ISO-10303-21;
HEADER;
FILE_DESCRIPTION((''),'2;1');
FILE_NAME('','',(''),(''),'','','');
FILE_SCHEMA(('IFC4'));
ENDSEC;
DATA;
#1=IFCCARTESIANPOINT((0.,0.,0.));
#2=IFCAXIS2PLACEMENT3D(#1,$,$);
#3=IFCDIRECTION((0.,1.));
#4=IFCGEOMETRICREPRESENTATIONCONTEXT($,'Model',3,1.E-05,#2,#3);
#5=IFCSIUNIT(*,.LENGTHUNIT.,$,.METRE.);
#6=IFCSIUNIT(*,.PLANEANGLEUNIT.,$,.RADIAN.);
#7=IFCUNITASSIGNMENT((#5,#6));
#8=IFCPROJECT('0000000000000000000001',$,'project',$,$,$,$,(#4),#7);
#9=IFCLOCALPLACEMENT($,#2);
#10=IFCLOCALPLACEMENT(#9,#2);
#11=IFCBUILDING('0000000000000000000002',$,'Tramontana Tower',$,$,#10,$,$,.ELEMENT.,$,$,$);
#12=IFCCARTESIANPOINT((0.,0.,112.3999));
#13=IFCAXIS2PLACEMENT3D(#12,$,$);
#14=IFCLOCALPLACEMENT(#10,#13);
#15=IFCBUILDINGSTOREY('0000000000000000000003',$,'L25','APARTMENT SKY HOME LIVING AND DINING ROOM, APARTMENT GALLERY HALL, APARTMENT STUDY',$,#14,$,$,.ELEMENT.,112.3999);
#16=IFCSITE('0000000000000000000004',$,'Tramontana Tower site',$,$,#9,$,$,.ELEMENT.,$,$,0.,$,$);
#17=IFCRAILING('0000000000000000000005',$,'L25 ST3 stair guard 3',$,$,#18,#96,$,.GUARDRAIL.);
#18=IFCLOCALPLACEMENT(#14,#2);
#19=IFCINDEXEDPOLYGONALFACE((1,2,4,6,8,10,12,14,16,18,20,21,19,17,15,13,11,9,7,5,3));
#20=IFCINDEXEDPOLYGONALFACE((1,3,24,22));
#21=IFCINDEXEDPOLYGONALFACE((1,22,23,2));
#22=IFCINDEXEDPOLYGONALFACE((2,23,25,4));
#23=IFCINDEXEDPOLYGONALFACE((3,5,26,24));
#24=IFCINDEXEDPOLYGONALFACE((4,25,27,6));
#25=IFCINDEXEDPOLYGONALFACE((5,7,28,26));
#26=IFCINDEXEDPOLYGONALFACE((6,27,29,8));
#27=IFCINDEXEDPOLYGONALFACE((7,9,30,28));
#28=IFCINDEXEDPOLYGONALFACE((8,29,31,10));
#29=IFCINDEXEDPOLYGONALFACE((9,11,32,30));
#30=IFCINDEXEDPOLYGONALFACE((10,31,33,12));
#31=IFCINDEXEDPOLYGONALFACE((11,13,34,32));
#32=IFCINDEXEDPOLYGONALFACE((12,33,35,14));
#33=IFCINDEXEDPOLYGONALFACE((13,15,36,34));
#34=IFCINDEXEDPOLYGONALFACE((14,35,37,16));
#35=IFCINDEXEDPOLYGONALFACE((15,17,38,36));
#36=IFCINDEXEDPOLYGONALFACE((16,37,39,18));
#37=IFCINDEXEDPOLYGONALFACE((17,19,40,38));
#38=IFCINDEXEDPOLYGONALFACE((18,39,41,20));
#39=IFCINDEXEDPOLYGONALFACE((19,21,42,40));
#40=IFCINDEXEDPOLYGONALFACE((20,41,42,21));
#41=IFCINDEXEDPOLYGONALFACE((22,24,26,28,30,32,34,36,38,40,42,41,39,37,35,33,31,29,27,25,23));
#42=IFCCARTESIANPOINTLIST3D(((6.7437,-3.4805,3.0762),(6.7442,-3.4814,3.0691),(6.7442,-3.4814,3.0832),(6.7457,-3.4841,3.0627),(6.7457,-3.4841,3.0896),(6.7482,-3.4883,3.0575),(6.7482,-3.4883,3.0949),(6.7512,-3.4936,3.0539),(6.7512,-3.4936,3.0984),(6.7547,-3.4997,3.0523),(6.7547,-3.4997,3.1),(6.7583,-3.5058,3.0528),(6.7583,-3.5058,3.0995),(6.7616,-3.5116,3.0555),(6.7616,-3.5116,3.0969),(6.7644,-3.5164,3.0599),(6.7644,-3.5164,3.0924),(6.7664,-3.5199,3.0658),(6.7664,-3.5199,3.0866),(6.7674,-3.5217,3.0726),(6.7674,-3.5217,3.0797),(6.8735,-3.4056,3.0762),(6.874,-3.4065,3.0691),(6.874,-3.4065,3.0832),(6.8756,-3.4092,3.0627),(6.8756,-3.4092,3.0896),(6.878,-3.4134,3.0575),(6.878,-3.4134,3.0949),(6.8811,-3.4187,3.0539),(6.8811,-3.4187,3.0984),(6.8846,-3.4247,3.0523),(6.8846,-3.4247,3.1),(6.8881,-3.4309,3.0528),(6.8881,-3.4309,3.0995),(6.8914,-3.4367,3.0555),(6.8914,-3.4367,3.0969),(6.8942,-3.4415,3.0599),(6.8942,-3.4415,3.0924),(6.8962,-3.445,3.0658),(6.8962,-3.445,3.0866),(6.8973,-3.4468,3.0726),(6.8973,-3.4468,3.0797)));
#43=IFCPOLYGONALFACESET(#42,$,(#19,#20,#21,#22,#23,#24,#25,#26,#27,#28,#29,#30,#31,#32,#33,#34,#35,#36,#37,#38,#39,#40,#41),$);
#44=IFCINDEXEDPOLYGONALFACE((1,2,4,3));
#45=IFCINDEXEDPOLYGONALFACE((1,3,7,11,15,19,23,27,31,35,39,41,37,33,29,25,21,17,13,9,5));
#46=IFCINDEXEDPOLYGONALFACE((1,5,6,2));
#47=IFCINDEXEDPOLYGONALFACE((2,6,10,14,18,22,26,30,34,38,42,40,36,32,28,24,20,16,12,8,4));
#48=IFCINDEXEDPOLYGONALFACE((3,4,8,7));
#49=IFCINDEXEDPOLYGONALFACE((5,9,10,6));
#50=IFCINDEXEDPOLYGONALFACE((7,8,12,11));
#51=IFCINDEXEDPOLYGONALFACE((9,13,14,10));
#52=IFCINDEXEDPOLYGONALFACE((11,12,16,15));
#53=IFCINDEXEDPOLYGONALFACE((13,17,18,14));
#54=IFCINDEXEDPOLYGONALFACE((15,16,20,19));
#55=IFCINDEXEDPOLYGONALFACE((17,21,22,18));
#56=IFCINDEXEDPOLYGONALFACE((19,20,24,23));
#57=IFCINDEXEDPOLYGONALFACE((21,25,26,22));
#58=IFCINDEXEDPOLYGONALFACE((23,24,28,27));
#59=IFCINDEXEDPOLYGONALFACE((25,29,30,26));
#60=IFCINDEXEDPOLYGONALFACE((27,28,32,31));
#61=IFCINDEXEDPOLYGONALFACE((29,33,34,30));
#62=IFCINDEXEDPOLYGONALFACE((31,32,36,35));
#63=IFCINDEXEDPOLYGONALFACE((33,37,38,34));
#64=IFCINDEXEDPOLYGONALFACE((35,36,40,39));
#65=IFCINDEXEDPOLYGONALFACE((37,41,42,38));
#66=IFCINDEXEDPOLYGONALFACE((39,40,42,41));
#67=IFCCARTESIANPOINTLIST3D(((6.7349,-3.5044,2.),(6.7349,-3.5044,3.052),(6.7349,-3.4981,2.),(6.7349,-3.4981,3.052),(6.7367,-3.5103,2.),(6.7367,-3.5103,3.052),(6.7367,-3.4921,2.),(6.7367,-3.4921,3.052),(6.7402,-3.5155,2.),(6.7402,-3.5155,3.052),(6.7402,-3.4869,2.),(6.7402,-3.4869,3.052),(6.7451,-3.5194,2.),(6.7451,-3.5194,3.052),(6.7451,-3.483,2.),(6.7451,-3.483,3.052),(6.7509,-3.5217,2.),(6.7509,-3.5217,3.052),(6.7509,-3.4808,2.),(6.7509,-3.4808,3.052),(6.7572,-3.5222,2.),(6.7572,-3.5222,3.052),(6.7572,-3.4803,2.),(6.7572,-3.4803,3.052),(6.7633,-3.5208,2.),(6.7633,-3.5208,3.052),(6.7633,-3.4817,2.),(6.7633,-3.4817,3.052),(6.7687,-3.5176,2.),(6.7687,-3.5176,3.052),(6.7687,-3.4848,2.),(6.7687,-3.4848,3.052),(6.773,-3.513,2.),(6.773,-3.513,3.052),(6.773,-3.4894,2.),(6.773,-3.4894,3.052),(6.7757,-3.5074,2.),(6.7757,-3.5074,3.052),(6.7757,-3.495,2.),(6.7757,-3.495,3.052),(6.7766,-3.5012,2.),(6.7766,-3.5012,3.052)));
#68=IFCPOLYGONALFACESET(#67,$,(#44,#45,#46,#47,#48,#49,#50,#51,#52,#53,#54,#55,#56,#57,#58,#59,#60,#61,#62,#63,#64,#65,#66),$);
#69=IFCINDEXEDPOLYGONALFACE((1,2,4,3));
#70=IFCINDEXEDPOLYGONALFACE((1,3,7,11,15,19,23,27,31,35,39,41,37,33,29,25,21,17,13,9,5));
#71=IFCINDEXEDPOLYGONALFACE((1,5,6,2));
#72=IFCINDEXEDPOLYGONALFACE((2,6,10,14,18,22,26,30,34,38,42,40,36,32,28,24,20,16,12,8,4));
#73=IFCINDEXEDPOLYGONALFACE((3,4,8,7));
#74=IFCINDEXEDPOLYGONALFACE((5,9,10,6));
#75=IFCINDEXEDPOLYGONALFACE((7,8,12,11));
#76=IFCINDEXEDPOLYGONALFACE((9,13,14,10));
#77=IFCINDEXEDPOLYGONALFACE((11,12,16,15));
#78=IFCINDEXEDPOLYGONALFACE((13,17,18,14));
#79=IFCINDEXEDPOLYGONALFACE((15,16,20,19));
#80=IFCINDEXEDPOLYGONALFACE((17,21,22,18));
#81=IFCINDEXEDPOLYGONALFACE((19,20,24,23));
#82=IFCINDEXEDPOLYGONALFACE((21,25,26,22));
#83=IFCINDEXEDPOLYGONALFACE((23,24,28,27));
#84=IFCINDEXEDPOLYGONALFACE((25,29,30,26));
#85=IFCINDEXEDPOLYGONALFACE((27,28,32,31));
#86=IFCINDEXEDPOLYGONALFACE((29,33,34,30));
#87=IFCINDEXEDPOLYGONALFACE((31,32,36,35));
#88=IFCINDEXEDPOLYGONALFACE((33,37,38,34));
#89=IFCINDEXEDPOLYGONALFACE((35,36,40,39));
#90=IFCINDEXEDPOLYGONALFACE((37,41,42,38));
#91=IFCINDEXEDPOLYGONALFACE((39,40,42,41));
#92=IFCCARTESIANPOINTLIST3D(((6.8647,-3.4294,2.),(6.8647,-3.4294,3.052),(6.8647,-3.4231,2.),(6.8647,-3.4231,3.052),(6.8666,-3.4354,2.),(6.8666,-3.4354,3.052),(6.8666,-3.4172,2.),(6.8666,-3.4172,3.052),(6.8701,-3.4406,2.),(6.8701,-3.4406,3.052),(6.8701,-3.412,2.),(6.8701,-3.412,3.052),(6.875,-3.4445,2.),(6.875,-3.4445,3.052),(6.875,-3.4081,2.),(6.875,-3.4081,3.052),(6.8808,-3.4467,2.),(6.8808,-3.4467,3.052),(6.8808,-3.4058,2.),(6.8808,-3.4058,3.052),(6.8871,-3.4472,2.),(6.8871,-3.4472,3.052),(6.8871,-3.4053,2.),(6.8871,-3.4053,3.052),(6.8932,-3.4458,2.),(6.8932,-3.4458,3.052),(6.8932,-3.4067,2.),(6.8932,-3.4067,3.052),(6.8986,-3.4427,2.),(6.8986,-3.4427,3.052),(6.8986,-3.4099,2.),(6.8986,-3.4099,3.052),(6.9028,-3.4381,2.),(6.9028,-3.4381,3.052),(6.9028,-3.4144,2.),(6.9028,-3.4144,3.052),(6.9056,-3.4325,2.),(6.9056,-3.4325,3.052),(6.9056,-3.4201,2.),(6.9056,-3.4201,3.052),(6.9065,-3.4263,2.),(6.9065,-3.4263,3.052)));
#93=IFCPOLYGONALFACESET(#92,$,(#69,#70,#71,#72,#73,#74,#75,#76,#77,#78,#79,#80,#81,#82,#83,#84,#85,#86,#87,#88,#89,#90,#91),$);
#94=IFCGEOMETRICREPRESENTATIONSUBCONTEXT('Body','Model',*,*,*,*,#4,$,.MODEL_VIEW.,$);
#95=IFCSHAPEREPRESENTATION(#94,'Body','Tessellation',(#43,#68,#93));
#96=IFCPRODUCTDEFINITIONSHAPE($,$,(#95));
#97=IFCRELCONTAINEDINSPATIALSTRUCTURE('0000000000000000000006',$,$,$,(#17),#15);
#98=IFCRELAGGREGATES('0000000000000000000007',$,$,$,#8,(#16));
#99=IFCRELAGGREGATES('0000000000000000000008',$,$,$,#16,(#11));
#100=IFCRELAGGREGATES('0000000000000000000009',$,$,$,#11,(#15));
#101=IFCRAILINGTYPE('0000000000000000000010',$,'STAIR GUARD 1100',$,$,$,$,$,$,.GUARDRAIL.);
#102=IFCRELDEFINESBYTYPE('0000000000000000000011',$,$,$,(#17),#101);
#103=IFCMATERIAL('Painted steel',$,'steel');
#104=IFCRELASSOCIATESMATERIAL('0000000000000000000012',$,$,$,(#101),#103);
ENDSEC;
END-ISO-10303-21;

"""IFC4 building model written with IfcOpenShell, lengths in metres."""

from ifc_helpers import new_model, si_unit, direction, frame, origin, origin_2d, place, context, subcontext, project, spatial, circle, extrude, material, type_object, element, save


model = new_model("IFC4")

# Units and contexts
model_context = context("Model", 3, precision=1e-05, world=origin(), true_north=direction((0.0, 1.0)))
body_context = subcontext(model_context, "Body", "Model", "MODEL_VIEW")
ifc_project = project(units=[si_unit("LENGTHUNIT", "METRE"), si_unit("PLANEANGLEUNIT", "RADIAN")], contexts=[model_context])

# Site, building, storey
site_placement = place(None, origin())
site = spatial("IfcSite", under=ifc_project, at=site_placement, Name="Tramontana Tower site", CompositionType="ELEMENT", RefElevation=0.0)
building_placement = place(site_placement, origin())
building = spatial("IfcBuilding", under=site, at=building_placement, Name="Tramontana Tower", CompositionType="ELEMENT")
storey_placement = place(building_placement, frame((0.0, 0.0, 112.3999)))
storey = spatial("IfcBuildingStorey", under=building, at=storey_placement, Name="L25", Description="APARTMENT SKY HOME LIVING AND DINING ROOM, APARTMENT GALLERY HALL, APARTMENT STUDY", CompositionType="ELEMENT", Elevation=112.3999)

# Railing
ifc_material_1 = material(Name="Painted steel", Category="steel")
railing_type_1 = type_object("IfcRailingType", Name="STAIR GUARD 1100", PredefinedType="GUARDRAIL", material=ifc_material_1)
railing_1_placement = place(storey_placement, frame((6.7556, -3.5012, 2.0)))
element("IfcRailing", 1, at=railing_1_placement, inside=storey, type_object=railing_type_1, Name="L25 ST3 stair guard 3", PredefinedType="GUARDRAIL", context=body_context, shape_type="SweptSolid", body=[
    extrude(circle(Radius=0.0239, at=origin_2d()), frame((0.0, 0.0, 1.0762), z_axis=(0.866131, 0.499816, 0.0), x_axis=(-0.499816, 0.866131, 0.0)), (0.0, 0.0, 1.0), 0.1499),
    extrude(circle(Radius=0.021, at=origin_2d()), origin(), (0.0, 0.0, 1.0), 1.052),
    extrude(circle(Radius=0.021, at=origin_2d()), frame((0.1299, 0.075, 0.0)), (0.0, 0.0, 1.0), 1.052),
])

save(model, "model.ifc")
